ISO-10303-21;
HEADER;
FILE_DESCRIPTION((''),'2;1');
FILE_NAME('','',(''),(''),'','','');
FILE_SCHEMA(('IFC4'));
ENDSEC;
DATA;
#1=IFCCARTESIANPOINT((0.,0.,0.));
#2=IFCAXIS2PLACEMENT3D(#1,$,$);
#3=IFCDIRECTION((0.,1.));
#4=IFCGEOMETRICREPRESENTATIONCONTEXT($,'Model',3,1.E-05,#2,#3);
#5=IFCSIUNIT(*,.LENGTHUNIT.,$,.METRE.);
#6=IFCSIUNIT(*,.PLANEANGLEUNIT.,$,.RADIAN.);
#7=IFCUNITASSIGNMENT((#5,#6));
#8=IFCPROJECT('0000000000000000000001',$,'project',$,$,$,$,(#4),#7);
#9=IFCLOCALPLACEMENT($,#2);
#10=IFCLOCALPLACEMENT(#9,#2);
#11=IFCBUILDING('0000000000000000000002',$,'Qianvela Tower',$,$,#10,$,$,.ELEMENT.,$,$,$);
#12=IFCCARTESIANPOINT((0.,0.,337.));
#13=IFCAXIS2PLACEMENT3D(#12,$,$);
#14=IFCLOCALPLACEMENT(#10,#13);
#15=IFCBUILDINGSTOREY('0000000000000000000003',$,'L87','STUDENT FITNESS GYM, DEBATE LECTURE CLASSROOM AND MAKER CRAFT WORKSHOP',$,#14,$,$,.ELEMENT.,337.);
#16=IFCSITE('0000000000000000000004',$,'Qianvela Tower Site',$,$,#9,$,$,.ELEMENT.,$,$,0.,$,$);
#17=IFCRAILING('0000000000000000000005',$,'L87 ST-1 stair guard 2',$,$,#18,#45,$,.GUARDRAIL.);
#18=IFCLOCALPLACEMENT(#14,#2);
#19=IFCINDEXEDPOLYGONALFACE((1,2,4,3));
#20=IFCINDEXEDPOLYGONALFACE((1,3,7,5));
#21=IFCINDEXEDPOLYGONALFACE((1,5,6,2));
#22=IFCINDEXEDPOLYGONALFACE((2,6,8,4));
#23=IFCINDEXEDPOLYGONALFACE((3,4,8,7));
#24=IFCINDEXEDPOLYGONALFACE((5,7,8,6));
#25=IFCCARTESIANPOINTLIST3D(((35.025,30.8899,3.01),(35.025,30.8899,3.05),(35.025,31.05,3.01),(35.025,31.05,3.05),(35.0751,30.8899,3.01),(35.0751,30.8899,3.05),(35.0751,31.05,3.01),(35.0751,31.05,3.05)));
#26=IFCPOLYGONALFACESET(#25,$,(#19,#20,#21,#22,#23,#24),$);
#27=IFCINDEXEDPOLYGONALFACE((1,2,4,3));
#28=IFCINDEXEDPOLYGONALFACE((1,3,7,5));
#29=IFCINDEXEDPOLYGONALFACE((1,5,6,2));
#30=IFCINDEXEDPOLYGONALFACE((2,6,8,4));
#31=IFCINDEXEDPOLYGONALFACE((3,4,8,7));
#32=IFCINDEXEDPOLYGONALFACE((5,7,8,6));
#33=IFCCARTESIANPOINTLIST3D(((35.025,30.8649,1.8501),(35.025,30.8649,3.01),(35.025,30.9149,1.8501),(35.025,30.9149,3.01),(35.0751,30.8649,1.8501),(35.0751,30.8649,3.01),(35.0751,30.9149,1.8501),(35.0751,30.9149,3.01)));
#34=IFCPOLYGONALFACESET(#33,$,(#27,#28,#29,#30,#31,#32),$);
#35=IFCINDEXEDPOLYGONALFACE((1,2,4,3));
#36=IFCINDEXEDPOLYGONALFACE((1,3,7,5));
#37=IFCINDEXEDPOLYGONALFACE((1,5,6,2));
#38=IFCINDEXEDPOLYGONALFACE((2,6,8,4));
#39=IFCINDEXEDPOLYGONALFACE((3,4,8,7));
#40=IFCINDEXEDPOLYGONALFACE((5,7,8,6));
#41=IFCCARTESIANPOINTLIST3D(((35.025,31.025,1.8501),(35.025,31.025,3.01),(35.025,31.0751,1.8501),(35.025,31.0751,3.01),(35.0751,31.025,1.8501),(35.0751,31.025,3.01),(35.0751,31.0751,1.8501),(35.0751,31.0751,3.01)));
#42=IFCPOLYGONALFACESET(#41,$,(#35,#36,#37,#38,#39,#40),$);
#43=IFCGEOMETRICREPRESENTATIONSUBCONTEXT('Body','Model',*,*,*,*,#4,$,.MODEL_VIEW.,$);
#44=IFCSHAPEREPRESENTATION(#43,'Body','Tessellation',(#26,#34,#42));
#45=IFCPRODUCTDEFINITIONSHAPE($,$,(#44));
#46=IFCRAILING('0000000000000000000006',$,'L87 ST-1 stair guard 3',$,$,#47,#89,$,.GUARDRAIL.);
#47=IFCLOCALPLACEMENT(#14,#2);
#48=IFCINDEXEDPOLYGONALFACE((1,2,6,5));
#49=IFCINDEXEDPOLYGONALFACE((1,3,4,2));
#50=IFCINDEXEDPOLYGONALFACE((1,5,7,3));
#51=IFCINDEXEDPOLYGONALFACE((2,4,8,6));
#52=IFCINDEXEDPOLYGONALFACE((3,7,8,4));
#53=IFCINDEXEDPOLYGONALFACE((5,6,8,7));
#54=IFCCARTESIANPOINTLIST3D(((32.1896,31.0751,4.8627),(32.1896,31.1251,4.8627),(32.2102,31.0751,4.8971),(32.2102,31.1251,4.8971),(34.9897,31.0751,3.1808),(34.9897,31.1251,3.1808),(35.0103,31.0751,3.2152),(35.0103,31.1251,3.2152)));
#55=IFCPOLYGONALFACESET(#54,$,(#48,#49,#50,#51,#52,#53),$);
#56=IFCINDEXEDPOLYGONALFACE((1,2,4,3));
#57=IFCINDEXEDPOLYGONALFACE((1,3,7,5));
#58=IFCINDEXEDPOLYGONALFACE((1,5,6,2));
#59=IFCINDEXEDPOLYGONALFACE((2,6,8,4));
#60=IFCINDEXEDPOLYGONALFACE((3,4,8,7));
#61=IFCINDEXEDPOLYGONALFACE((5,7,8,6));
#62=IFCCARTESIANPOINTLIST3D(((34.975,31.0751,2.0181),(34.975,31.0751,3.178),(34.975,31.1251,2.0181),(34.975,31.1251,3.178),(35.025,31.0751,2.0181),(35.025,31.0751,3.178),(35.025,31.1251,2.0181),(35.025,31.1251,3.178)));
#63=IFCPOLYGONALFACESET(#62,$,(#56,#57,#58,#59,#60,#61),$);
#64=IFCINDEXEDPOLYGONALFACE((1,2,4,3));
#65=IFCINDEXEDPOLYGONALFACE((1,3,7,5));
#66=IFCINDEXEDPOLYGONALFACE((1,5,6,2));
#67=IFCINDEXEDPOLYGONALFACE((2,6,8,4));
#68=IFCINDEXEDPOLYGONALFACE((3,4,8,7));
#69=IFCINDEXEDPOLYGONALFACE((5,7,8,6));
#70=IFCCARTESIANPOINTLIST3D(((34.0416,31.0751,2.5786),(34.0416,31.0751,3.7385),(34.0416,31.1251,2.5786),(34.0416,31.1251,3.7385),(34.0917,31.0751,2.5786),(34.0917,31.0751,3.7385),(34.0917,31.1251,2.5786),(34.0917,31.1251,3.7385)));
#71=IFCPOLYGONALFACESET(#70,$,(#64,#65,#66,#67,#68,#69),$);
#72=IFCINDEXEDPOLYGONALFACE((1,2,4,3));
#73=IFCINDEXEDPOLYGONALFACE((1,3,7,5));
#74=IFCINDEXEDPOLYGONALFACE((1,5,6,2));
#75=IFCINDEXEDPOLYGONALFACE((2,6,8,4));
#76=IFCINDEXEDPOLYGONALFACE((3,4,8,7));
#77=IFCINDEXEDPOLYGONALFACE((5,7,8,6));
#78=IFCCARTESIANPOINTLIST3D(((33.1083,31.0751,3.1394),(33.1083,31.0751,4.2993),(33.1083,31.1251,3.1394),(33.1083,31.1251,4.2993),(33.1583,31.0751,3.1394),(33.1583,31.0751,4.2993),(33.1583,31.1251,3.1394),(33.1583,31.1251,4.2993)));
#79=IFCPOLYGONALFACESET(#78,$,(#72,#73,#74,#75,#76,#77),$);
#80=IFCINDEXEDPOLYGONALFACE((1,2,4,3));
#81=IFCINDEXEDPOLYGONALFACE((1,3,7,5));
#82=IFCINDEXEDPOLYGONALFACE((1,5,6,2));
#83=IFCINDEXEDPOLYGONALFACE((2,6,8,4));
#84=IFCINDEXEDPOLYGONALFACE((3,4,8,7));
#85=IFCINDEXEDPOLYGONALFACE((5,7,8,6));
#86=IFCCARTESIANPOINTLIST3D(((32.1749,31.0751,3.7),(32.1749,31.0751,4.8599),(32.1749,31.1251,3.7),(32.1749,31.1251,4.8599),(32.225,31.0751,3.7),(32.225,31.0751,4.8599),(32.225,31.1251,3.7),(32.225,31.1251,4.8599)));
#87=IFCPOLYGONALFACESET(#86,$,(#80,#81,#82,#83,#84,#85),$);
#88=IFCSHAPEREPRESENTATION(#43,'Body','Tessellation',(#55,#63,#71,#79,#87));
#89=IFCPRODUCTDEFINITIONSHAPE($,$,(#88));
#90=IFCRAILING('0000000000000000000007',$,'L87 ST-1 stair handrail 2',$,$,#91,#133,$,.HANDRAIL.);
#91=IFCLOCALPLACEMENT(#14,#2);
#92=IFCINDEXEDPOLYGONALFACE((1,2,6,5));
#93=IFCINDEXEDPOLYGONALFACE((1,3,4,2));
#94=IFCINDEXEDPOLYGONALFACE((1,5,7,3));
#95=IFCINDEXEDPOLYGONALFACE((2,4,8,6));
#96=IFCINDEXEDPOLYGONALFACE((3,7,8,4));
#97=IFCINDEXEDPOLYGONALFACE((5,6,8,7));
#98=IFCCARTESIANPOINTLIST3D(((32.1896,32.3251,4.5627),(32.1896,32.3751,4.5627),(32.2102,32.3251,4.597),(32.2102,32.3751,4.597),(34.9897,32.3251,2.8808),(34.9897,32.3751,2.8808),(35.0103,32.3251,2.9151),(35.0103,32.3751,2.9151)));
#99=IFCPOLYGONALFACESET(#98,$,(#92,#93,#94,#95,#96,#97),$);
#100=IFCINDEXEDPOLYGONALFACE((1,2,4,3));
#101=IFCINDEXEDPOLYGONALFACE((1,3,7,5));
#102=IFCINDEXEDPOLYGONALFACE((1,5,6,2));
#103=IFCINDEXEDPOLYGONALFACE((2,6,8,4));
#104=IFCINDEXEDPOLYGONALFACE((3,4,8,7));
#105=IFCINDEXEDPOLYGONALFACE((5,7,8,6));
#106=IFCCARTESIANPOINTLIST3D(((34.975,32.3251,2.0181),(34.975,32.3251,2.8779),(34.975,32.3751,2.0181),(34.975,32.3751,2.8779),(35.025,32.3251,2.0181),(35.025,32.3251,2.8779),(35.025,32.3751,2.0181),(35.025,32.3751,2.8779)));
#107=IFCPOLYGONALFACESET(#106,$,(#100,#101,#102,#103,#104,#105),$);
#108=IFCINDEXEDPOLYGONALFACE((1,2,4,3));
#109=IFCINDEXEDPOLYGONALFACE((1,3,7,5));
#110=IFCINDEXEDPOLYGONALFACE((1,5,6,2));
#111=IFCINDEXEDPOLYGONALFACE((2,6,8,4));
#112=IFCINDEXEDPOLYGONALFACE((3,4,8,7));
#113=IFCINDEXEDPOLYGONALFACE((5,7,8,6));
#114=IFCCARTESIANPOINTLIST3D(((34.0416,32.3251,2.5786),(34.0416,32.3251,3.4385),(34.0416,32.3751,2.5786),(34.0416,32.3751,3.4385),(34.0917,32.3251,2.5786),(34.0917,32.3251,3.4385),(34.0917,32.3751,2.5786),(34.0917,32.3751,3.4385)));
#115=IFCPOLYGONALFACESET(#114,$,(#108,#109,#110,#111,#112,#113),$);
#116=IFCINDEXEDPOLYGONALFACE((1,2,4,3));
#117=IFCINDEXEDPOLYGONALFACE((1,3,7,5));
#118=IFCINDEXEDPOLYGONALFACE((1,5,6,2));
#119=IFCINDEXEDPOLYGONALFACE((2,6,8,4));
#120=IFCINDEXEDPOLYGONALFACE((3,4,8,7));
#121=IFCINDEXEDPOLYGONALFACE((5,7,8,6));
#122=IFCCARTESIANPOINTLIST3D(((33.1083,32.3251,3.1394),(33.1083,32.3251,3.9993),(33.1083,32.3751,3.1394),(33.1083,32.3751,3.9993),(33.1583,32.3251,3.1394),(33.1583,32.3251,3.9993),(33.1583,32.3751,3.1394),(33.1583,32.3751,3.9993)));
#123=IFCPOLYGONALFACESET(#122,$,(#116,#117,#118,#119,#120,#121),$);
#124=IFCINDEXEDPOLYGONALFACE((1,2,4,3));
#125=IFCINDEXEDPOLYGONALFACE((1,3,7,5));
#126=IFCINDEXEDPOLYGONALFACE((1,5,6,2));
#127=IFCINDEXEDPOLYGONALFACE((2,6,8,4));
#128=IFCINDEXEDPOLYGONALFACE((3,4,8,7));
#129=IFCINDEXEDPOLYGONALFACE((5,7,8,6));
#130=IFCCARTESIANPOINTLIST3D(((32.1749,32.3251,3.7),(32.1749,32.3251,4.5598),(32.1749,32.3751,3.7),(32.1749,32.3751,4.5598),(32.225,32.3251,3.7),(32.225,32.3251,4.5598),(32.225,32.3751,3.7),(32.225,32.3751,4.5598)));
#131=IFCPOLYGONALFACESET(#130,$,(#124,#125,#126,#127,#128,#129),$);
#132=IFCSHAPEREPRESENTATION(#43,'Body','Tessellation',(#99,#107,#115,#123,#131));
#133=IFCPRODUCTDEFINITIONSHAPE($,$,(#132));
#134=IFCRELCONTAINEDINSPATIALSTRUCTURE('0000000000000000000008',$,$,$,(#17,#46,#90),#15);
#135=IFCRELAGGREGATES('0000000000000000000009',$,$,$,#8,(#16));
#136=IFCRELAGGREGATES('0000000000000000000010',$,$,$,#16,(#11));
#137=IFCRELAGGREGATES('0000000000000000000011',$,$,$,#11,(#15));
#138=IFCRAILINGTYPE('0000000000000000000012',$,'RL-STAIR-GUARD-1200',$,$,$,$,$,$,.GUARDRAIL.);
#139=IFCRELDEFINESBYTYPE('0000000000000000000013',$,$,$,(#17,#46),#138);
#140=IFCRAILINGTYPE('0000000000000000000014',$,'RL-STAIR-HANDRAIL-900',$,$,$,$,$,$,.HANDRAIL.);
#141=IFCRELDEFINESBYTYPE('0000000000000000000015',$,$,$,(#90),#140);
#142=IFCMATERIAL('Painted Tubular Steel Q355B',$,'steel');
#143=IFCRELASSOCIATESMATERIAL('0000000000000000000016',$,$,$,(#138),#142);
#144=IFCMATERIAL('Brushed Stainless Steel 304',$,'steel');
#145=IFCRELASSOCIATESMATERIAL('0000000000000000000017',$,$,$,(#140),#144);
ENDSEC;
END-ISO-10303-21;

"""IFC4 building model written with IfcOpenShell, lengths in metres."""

from ifc_helpers import new_model, si_unit, direction, frame, origin, origin_2d, place, context, subcontext, project, spatial, rectangle, extrude, material, type_object, element, save


model = new_model("IFC4")

# Units and contexts
model_context = context("Model", 3, precision=1e-05, world=origin(), true_north=direction((0.0, 1.0)))
body_context = subcontext(model_context, "Body", "Model", "MODEL_VIEW")
ifc_project = project(units=[si_unit("LENGTHUNIT", "METRE"), si_unit("PLANEANGLEUNIT", "RADIAN")], contexts=[model_context])

# Site, building, storey
site_placement = place(None, origin())
site = spatial("IfcSite", under=ifc_project, at=site_placement, Name="Qianvela Tower Site", CompositionType="ELEMENT", RefElevation=0.0)
building_placement = place(site_placement, origin())
building = spatial("IfcBuilding", under=site, at=building_placement, Name="Qianvela Tower", CompositionType="ELEMENT")
storey_placement = place(building_placement, frame((0.0, 0.0, 337.0)))
storey = spatial("IfcBuildingStorey", under=building, at=storey_placement, Name="L87", Description="STUDENT FITNESS GYM, DEBATE LECTURE CLASSROOM AND MAKER CRAFT WORKSHOP", CompositionType="ELEMENT", Elevation=337.0)

# Railings
ifc_material_1 = material(Name="Painted Tubular Steel Q355B", Category="steel")
railing_type_1 = type_object("IfcRailingType", Name="RL-STAIR-GUARD-1200", PredefinedType="GUARDRAIL", material=ifc_material_1)
railing_1_placement = place(storey_placement, frame((35.05, 30.8899, 1.8501)))
element("IfcRailing", 1, at=railing_1_placement, inside=storey, type_object=railing_type_1, Name="L87 ST-1 stair guard 2", PredefinedType="GUARDRAIL", context=body_context, shape_type="SweptSolid", body=[
    extrude(rectangle(XDim=0.05, YDim=0.04, at=origin_2d()), frame((0.0, 0.0, 1.1799), z_axis=(0.0, 1.0, 0.0), x_axis=(-1.0, 0.0, 0.0)), (0.0, 0.0, 1.0), 0.1602),
    extrude(rectangle(XDim=0.05, YDim=0.05, at=origin_2d()), origin(), (0.0, 0.0, 1.0), 1.1599),
    extrude(rectangle(XDim=0.05, YDim=0.05, at=origin_2d()), frame((0.0, 0.1602, 0.0)), (0.0, 0.0, 1.0), 1.1599),
])
railing_2_placement = place(storey_placement, frame((35.0, 31.1001, 2.0181)))
element("IfcRailing", 2, at=railing_2_placement, inside=storey, type_object=railing_type_1, Name="L87 ST-1 stair guard 3", PredefinedType="GUARDRAIL", context=body_context, shape_type="SweptSolid", body=[
    extrude(rectangle(XDim=0.05, YDim=0.04, at=origin_2d()), frame((0.0, 0.0, 1.1799), z_axis=(-0.857242, 0.0, 0.514913), x_axis=(0.0, -1.0, 0.0)), (0.0, 0.0, 1.0), 3.2664),
    extrude(rectangle(XDim=0.05, YDim=0.05, at=origin_2d()), origin(), (0.0, 0.0, 1.0), 1.1599),
    extrude(rectangle(XDim=0.05, YDim=0.05, at=origin_2d()), frame((-0.9333, 0.0, 0.5605)), (0.0, 0.0, 1.0), 1.1599),
    extrude(rectangle(XDim=0.05, YDim=0.05, at=origin_2d()), frame((-1.8667, 0.0, 1.1213)), (0.0, 0.0, 1.0), 1.1599),
    extrude(rectangle(XDim=0.05, YDim=0.05, at=origin_2d()), frame((-2.8, 0.0, 1.6819)), (0.0, 0.0, 1.0), 1.1599),
])
ifc_material_2 = material(Name="Brushed Stainless Steel 304", Category="steel")
railing_type_2 = type_object("IfcRailingType", Name="RL-STAIR-HANDRAIL-900", PredefinedType="HANDRAIL", material=ifc_material_2)
railing_3_placement = place(storey_placement, frame((35.0, 32.3501, 2.0181)))
element("IfcRailing", 3, at=railing_3_placement, inside=storey, type_object=railing_type_2, Name="L87 ST-1 stair handrail 2", PredefinedType="HANDRAIL", context=body_context, shape_type="SweptSolid", body=[
    extrude(rectangle(XDim=0.05, YDim=0.04, at=origin_2d()), frame((0.0, 0.0, 0.8799), z_axis=(-0.857242, 0.0, 0.514913), x_axis=(0.0, -1.0, 0.0)), (0.0, 0.0, 1.0), 3.2664),
    extrude(rectangle(XDim=0.05, YDim=0.05, at=origin_2d()), origin(), (0.0, 0.0, 1.0), 0.8599),
    extrude(rectangle(XDim=0.05, YDim=0.05, at=origin_2d()), frame((-0.9333, 0.0, 0.5605)), (0.0, 0.0, 1.0), 0.8599),
    extrude(rectangle(XDim=0.05, YDim=0.05, at=origin_2d()), frame((-1.8667, 0.0, 1.1213)), (0.0, 0.0, 1.0), 0.8599),
    extrude(rectangle(XDim=0.05, YDim=0.05, at=origin_2d()), frame((-2.8, 0.0, 1.6819)), (0.0, 0.0, 1.0), 0.8599),
])

save(model, "model.ifc")
